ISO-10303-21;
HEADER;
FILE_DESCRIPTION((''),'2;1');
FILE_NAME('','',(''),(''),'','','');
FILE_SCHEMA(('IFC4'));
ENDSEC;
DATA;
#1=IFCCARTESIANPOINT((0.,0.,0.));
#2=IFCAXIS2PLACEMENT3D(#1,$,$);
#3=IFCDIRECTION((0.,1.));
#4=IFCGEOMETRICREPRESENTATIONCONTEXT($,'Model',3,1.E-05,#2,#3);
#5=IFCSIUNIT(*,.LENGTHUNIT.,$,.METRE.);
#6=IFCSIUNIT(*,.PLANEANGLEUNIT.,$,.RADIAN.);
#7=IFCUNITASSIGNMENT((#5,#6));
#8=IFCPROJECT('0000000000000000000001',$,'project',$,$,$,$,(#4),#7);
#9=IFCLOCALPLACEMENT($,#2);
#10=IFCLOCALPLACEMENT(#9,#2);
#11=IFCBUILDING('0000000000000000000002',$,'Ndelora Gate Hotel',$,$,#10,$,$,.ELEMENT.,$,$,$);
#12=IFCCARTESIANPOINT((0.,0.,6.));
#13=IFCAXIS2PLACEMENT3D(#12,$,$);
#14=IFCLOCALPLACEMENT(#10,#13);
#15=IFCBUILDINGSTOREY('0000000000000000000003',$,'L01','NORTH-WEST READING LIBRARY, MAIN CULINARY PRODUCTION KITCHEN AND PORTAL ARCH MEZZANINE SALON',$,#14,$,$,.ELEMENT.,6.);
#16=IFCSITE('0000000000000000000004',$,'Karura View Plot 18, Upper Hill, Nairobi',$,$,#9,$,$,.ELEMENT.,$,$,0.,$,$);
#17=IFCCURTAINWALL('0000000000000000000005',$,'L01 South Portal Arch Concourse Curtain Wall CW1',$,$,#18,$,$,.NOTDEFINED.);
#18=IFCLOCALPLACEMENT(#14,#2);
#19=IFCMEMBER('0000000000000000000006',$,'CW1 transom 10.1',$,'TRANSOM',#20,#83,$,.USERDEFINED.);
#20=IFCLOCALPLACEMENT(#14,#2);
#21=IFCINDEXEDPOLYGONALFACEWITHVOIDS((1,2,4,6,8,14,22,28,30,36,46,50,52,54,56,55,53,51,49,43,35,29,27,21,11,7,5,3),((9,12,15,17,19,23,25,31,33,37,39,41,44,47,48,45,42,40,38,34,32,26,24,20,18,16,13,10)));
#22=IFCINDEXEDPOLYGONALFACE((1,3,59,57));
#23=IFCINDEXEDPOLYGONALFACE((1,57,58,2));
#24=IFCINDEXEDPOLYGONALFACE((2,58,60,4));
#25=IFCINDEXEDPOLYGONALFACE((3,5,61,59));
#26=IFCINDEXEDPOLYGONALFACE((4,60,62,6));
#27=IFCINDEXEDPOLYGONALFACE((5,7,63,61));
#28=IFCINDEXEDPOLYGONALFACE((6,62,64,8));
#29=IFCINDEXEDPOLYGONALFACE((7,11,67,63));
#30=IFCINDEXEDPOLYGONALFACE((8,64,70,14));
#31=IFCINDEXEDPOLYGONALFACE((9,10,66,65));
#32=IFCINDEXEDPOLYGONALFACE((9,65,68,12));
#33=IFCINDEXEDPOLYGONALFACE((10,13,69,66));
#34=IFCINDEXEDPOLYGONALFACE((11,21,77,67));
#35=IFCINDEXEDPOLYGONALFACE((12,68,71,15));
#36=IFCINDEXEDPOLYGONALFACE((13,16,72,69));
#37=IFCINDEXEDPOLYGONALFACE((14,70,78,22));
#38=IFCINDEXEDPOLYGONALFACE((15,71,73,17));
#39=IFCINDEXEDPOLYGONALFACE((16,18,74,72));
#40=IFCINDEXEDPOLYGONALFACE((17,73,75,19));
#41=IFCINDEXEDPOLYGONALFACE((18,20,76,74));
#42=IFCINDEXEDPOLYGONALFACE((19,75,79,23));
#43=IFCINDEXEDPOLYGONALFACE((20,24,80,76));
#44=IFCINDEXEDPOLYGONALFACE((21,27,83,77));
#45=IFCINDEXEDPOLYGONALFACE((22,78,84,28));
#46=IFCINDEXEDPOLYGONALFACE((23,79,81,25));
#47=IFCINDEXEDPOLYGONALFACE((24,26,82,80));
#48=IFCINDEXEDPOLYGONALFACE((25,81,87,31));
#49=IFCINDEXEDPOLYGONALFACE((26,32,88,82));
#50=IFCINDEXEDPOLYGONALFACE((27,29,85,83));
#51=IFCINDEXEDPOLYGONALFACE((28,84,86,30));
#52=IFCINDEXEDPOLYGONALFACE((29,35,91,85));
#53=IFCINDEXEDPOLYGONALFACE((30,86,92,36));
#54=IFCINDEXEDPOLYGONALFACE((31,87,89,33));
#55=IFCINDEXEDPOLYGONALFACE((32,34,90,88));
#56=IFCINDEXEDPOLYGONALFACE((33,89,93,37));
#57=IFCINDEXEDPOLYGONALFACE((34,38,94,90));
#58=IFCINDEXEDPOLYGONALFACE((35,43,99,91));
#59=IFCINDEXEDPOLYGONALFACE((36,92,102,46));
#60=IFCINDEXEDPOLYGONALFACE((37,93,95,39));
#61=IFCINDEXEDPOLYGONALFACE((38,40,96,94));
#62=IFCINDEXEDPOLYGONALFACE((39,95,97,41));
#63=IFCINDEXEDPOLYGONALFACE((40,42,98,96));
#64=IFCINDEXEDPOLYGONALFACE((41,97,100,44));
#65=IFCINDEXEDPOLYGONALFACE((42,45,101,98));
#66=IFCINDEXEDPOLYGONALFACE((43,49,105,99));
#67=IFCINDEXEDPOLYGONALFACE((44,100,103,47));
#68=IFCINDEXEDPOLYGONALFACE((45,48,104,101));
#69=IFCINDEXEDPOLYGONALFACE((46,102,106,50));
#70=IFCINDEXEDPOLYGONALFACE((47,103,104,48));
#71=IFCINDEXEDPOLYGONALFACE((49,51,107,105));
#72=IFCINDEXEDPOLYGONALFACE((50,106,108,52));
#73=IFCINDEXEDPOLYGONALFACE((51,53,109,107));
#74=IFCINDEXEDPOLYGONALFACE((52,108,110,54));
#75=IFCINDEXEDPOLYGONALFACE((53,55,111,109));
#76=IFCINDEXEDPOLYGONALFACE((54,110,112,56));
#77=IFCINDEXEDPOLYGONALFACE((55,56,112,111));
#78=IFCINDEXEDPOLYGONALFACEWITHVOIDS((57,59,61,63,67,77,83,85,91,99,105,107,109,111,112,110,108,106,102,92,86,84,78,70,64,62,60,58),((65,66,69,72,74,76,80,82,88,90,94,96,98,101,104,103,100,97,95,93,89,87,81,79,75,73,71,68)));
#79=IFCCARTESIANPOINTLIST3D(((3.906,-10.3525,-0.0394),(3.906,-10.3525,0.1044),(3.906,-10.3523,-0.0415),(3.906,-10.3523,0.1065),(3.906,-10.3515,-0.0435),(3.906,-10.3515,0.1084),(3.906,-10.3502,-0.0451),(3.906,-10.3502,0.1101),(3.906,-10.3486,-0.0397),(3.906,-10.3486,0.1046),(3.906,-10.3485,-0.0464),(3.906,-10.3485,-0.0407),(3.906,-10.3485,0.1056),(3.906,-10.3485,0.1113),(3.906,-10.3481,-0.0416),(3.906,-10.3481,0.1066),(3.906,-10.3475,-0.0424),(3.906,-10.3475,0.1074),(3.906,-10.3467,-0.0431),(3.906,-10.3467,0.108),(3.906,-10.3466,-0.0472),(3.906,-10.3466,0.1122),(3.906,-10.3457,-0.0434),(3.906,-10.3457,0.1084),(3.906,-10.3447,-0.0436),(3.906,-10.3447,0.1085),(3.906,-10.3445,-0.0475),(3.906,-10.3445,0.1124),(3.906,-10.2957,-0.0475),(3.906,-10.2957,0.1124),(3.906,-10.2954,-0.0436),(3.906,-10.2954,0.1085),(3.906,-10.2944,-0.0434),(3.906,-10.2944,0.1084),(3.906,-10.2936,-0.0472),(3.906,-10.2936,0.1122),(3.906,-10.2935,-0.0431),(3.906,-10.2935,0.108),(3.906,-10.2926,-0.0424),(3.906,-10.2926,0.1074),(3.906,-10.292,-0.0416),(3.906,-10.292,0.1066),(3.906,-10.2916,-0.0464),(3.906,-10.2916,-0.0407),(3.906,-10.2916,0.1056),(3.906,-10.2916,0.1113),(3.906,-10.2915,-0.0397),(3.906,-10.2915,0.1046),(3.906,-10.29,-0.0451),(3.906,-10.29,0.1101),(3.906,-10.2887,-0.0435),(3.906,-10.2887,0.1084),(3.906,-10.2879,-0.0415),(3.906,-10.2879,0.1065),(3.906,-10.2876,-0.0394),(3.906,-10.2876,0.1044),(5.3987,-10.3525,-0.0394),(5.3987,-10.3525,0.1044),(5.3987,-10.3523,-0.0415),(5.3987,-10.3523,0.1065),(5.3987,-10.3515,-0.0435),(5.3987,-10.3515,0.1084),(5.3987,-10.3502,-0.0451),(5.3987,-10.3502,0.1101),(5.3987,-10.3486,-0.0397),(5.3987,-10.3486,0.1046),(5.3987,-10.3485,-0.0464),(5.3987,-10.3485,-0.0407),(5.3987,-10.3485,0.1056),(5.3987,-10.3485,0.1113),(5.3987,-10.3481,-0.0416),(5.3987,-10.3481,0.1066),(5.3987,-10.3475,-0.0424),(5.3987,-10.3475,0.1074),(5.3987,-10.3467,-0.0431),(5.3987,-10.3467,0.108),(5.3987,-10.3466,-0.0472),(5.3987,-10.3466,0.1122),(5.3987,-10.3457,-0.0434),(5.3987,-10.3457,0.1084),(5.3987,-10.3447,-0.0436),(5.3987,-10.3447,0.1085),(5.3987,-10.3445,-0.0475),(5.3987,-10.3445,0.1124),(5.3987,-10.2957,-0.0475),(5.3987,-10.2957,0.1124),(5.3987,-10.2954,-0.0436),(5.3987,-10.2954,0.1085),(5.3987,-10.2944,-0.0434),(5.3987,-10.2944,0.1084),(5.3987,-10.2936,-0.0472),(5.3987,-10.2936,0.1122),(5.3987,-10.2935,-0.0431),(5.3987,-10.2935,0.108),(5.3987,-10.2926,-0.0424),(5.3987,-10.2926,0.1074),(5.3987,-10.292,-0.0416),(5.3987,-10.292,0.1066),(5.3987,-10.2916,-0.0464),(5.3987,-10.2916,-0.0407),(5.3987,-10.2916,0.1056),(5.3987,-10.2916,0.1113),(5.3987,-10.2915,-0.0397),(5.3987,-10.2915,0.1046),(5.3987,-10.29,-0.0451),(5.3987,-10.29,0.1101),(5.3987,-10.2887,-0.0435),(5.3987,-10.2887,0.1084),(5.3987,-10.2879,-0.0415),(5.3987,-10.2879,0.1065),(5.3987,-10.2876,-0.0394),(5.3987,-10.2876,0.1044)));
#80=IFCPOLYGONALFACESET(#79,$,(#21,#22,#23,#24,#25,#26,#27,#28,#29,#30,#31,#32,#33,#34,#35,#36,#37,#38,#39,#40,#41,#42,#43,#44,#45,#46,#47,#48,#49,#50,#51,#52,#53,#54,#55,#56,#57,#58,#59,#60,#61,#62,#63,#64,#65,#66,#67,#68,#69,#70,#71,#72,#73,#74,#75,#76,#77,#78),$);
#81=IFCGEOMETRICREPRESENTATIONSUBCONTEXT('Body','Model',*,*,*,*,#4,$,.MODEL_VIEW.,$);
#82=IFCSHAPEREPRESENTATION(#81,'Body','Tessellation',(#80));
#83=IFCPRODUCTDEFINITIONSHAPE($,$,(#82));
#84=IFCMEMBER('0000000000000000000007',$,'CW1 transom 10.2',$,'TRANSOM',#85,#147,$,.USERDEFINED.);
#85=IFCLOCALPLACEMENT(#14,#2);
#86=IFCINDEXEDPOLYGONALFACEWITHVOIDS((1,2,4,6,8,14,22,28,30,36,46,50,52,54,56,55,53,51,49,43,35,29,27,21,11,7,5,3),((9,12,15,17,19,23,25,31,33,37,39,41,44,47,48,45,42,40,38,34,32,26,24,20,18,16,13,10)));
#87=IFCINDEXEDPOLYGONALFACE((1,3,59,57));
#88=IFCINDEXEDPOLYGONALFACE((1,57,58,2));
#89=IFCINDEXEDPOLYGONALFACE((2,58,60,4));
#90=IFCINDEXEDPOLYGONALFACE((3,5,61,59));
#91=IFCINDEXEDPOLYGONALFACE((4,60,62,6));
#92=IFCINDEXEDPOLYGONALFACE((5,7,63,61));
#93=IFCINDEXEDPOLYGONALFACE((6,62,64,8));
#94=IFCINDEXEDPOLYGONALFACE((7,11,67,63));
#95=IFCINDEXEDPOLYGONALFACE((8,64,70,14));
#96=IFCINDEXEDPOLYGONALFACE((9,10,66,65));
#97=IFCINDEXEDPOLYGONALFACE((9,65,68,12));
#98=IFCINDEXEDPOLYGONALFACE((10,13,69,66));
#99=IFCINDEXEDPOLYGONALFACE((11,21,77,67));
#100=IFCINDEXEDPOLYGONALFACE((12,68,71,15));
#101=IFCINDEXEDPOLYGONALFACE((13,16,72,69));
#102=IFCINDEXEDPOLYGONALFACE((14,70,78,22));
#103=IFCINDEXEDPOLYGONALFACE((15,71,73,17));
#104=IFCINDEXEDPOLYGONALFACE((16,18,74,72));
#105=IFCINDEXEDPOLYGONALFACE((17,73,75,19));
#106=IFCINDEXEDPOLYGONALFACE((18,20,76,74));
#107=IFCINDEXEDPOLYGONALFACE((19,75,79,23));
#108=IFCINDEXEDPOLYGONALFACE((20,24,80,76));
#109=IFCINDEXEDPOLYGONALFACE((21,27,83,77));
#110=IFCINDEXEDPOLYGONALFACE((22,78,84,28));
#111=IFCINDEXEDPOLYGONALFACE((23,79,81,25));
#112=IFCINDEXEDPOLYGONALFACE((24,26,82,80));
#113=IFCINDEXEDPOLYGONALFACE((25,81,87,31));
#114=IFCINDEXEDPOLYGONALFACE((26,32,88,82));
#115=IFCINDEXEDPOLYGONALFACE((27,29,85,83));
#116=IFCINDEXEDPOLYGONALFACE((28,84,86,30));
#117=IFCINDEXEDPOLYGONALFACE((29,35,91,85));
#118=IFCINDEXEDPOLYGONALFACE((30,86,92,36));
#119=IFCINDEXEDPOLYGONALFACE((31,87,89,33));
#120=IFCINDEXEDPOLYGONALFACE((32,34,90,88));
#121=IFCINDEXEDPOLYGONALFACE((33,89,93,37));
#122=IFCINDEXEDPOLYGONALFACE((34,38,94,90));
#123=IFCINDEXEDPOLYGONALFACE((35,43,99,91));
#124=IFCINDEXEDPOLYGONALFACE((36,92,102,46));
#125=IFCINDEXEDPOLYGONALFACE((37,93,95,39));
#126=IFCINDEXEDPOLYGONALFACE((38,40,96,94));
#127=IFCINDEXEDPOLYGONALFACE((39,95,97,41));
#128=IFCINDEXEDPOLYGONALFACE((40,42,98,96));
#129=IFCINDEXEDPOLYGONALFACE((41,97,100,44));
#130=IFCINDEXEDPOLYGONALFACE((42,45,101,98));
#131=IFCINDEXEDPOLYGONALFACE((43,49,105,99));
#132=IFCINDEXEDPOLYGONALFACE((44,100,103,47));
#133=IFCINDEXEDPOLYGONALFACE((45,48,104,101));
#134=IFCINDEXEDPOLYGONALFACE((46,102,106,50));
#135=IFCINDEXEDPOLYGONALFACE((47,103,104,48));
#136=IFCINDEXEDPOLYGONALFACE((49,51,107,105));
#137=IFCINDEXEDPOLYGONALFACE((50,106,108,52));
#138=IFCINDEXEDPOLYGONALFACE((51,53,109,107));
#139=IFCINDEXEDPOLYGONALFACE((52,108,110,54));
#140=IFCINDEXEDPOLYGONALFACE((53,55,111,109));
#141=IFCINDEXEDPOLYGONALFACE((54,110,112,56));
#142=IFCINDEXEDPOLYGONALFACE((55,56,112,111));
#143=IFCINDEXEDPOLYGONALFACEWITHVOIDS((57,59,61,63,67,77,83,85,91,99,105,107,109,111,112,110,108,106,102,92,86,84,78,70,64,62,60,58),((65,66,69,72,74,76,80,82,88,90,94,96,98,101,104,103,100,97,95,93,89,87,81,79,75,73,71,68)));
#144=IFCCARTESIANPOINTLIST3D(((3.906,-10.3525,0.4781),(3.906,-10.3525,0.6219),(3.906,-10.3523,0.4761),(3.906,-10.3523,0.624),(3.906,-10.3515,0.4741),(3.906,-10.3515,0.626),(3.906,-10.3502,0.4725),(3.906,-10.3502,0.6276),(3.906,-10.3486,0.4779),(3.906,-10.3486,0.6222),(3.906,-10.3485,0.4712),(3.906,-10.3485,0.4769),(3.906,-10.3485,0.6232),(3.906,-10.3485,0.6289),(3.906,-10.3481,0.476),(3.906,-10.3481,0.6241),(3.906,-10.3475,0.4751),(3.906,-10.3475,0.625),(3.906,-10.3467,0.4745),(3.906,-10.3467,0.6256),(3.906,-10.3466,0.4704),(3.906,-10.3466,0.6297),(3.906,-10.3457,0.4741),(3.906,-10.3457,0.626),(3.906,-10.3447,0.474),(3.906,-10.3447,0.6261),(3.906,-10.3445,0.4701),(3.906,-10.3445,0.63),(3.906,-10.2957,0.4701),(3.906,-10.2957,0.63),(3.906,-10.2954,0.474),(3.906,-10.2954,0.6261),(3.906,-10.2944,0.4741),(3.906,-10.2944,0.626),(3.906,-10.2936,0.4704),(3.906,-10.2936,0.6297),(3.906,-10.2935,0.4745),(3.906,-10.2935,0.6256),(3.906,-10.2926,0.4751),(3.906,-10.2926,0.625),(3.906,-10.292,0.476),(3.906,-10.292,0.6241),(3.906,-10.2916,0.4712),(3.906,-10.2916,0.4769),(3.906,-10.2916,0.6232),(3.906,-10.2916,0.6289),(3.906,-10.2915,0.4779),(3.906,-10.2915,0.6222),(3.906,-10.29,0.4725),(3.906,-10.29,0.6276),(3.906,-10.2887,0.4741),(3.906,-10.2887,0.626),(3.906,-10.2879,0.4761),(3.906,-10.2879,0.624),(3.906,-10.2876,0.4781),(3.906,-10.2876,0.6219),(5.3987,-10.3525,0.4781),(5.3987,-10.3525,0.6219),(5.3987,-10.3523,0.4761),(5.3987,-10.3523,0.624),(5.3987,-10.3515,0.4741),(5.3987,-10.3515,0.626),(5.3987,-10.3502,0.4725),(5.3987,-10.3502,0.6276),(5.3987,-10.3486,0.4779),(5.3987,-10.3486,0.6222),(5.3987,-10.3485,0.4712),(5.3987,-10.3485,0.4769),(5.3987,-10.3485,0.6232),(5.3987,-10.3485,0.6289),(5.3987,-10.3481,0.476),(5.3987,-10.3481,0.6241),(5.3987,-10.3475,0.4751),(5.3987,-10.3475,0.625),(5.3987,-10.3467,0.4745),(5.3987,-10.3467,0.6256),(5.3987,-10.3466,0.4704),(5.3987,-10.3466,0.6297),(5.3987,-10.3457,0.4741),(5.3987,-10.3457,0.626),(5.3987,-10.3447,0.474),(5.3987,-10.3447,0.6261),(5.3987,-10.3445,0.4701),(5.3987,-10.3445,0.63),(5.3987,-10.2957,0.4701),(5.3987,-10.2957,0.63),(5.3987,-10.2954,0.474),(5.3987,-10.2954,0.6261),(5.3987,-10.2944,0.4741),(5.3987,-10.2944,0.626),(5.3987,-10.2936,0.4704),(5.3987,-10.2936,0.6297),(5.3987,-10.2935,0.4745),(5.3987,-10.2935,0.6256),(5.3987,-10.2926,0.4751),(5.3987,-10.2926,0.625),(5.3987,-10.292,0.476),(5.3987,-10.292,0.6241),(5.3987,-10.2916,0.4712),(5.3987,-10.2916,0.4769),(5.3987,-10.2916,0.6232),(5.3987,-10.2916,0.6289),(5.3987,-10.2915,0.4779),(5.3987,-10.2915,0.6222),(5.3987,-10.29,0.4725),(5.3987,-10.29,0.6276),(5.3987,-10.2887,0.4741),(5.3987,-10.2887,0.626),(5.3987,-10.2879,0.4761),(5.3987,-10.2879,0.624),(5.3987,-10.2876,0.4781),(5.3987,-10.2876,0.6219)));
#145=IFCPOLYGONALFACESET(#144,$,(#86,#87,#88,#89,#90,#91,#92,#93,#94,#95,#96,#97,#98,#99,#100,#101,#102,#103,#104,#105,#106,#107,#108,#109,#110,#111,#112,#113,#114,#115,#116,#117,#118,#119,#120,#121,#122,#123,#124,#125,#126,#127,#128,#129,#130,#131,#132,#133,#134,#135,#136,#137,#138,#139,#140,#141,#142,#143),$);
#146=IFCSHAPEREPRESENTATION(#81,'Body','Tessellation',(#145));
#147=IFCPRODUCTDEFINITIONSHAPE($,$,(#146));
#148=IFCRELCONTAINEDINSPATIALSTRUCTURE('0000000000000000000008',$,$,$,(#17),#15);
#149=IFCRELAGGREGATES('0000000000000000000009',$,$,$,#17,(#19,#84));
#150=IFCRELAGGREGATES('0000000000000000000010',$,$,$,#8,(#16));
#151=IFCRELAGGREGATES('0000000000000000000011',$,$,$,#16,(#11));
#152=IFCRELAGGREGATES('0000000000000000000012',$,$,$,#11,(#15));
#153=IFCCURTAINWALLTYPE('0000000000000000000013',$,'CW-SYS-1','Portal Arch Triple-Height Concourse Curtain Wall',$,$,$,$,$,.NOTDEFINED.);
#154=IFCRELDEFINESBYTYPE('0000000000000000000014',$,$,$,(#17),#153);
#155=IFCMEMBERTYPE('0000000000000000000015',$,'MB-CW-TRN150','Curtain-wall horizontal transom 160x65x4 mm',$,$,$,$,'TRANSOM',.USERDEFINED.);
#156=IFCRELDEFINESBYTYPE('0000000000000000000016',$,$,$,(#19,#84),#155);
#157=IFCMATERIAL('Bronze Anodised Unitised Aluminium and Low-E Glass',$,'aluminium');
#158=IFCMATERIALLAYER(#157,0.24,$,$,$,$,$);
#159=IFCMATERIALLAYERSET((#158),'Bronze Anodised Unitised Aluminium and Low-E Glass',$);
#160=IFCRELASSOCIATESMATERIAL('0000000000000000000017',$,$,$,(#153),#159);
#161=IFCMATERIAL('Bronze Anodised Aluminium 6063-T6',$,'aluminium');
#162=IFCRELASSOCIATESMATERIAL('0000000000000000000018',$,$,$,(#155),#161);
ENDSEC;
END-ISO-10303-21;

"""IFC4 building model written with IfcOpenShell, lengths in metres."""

from ifc_helpers import new_model, si_unit, direction, frame, origin, origin_2d, place, context, subcontext, project, spatial, hollow_rectangle, extrude, material, layer, layer_set, material_profile, profile_set, type_object, element, aggregate, save


model = new_model("IFC4")

# Units and contexts
model_context = context("Model", 3, precision=1e-05, world=origin(), true_north=direction((0.0, 1.0)))
body_context = subcontext(model_context, "Body", "Model", "MODEL_VIEW")
ifc_project = project(units=[si_unit("LENGTHUNIT", "METRE"), si_unit("PLANEANGLEUNIT", "RADIAN")], contexts=[model_context])

# Site, building, storey
site_placement = place(None, origin())
site = spatial("IfcSite", under=ifc_project, at=site_placement, Name="Karura View Plot 18, Upper Hill, Nairobi", CompositionType="ELEMENT", RefElevation=0.0)
building_placement = place(site_placement, origin())
building = spatial("IfcBuilding", under=site, at=building_placement, Name="Ndelora Gate Hotel", CompositionType="ELEMENT")
storey_placement = place(building_placement, frame((0.0, 0.0, 6.0)))
storey = spatial("IfcBuildingStorey", under=building, at=storey_placement, Name="L01", Description="NORTH-WEST READING LIBRARY, MAIN CULINARY PRODUCTION KITCHEN AND PORTAL ARCH MEZZANINE SALON", CompositionType="ELEMENT", Elevation=6.0)

# Curtain wall, members
ifc_material_1 = material(Name="Bronze Anodised Unitised Aluminium and Low-E Glass", Category="aluminium")
ifc_layer_1 = layer(ifc_material_1, 0.24)
ifc_layer_set_1 = layer_set([ifc_layer_1], Name="Bronze Anodised Unitised Aluminium and Low-E Glass")
curtain_wall_type = type_object("IfcCurtainWallType", Name="CW-SYS-1", Description="Portal Arch Triple-Height Concourse Curtain Wall", PredefinedType="NOTDEFINED", material=ifc_layer_set_1)
curtain_wall_placement = place(storey_placement, origin())
curtain_wall = element("IfcCurtainWall", 1, at=curtain_wall_placement, inside=storey, type_object=curtain_wall_type, Name="L01 South Portal Arch Concourse Curtain Wall CW1", PredefinedType="NOTDEFINED")
ifc_material_2 = material(Name="Bronze Anodised Aluminium 6063-T6", Category="aluminium")
ifc_material_profile_1 = material_profile(ifc_material_2, hollow_rectangle(XDim=0.0649, YDim=0.1599, WallThickness=0.0039, InnerFilletRadius=0.0039, OuterFilletRadius=0.0081, at=origin_2d()), Name="ALU 160x65x4")
ifc_profile_set_1 = profile_set([ifc_material_profile_1], Name="Bronze Anodised Aluminium 6063-T6")
member_type_1 = type_object("IfcMemberType", Name="MB-CW-TRN150", Description="Curtain-wall horizontal transom 160x65x4 mm", ElementType="TRANSOM", PredefinedType="USERDEFINED", material=ifc_profile_set_1)
member_1_placement = place(storey_placement, frame((3.906, -10.3201, 0.0325), z_axis=(1.0, 0.0, 0.0), x_axis=(0.0, 1.0, 0.0)))
member_1 = element("IfcMember", 2, at=member_1_placement, type_object=member_type_1, Name="CW1 transom 10.1", ObjectType="TRANSOM", PredefinedType="USERDEFINED", context=body_context, shape_type="SweptSolid", body=[
    extrude(hollow_rectangle(XDim=0.0649, YDim=0.1599, WallThickness=0.0039, InnerFilletRadius=0.0039, OuterFilletRadius=0.0081, at=origin_2d()), origin(), (0.0, 0.0, 1.0), 1.4927),
])
member_2_placement = place(storey_placement, frame((3.906, -10.3201, 0.55), z_axis=(1.0, 0.0, 0.0), x_axis=(0.0, 1.0, 0.0)))
member_2 = element("IfcMember", 3, at=member_2_placement, type_object=member_type_1, Name="CW1 transom 10.2", ObjectType="TRANSOM", PredefinedType="USERDEFINED", context=body_context, shape_type="SweptSolid", body=[
    extrude(hollow_rectangle(XDim=0.0649, YDim=0.1599, WallThickness=0.0039, InnerFilletRadius=0.0039, OuterFilletRadius=0.0081, at=origin_2d()), origin(), (0.0, 0.0, 1.0), 1.4927),
])
aggregate(curtain_wall, [member_1, member_2])

save(model, "model.ifc")
